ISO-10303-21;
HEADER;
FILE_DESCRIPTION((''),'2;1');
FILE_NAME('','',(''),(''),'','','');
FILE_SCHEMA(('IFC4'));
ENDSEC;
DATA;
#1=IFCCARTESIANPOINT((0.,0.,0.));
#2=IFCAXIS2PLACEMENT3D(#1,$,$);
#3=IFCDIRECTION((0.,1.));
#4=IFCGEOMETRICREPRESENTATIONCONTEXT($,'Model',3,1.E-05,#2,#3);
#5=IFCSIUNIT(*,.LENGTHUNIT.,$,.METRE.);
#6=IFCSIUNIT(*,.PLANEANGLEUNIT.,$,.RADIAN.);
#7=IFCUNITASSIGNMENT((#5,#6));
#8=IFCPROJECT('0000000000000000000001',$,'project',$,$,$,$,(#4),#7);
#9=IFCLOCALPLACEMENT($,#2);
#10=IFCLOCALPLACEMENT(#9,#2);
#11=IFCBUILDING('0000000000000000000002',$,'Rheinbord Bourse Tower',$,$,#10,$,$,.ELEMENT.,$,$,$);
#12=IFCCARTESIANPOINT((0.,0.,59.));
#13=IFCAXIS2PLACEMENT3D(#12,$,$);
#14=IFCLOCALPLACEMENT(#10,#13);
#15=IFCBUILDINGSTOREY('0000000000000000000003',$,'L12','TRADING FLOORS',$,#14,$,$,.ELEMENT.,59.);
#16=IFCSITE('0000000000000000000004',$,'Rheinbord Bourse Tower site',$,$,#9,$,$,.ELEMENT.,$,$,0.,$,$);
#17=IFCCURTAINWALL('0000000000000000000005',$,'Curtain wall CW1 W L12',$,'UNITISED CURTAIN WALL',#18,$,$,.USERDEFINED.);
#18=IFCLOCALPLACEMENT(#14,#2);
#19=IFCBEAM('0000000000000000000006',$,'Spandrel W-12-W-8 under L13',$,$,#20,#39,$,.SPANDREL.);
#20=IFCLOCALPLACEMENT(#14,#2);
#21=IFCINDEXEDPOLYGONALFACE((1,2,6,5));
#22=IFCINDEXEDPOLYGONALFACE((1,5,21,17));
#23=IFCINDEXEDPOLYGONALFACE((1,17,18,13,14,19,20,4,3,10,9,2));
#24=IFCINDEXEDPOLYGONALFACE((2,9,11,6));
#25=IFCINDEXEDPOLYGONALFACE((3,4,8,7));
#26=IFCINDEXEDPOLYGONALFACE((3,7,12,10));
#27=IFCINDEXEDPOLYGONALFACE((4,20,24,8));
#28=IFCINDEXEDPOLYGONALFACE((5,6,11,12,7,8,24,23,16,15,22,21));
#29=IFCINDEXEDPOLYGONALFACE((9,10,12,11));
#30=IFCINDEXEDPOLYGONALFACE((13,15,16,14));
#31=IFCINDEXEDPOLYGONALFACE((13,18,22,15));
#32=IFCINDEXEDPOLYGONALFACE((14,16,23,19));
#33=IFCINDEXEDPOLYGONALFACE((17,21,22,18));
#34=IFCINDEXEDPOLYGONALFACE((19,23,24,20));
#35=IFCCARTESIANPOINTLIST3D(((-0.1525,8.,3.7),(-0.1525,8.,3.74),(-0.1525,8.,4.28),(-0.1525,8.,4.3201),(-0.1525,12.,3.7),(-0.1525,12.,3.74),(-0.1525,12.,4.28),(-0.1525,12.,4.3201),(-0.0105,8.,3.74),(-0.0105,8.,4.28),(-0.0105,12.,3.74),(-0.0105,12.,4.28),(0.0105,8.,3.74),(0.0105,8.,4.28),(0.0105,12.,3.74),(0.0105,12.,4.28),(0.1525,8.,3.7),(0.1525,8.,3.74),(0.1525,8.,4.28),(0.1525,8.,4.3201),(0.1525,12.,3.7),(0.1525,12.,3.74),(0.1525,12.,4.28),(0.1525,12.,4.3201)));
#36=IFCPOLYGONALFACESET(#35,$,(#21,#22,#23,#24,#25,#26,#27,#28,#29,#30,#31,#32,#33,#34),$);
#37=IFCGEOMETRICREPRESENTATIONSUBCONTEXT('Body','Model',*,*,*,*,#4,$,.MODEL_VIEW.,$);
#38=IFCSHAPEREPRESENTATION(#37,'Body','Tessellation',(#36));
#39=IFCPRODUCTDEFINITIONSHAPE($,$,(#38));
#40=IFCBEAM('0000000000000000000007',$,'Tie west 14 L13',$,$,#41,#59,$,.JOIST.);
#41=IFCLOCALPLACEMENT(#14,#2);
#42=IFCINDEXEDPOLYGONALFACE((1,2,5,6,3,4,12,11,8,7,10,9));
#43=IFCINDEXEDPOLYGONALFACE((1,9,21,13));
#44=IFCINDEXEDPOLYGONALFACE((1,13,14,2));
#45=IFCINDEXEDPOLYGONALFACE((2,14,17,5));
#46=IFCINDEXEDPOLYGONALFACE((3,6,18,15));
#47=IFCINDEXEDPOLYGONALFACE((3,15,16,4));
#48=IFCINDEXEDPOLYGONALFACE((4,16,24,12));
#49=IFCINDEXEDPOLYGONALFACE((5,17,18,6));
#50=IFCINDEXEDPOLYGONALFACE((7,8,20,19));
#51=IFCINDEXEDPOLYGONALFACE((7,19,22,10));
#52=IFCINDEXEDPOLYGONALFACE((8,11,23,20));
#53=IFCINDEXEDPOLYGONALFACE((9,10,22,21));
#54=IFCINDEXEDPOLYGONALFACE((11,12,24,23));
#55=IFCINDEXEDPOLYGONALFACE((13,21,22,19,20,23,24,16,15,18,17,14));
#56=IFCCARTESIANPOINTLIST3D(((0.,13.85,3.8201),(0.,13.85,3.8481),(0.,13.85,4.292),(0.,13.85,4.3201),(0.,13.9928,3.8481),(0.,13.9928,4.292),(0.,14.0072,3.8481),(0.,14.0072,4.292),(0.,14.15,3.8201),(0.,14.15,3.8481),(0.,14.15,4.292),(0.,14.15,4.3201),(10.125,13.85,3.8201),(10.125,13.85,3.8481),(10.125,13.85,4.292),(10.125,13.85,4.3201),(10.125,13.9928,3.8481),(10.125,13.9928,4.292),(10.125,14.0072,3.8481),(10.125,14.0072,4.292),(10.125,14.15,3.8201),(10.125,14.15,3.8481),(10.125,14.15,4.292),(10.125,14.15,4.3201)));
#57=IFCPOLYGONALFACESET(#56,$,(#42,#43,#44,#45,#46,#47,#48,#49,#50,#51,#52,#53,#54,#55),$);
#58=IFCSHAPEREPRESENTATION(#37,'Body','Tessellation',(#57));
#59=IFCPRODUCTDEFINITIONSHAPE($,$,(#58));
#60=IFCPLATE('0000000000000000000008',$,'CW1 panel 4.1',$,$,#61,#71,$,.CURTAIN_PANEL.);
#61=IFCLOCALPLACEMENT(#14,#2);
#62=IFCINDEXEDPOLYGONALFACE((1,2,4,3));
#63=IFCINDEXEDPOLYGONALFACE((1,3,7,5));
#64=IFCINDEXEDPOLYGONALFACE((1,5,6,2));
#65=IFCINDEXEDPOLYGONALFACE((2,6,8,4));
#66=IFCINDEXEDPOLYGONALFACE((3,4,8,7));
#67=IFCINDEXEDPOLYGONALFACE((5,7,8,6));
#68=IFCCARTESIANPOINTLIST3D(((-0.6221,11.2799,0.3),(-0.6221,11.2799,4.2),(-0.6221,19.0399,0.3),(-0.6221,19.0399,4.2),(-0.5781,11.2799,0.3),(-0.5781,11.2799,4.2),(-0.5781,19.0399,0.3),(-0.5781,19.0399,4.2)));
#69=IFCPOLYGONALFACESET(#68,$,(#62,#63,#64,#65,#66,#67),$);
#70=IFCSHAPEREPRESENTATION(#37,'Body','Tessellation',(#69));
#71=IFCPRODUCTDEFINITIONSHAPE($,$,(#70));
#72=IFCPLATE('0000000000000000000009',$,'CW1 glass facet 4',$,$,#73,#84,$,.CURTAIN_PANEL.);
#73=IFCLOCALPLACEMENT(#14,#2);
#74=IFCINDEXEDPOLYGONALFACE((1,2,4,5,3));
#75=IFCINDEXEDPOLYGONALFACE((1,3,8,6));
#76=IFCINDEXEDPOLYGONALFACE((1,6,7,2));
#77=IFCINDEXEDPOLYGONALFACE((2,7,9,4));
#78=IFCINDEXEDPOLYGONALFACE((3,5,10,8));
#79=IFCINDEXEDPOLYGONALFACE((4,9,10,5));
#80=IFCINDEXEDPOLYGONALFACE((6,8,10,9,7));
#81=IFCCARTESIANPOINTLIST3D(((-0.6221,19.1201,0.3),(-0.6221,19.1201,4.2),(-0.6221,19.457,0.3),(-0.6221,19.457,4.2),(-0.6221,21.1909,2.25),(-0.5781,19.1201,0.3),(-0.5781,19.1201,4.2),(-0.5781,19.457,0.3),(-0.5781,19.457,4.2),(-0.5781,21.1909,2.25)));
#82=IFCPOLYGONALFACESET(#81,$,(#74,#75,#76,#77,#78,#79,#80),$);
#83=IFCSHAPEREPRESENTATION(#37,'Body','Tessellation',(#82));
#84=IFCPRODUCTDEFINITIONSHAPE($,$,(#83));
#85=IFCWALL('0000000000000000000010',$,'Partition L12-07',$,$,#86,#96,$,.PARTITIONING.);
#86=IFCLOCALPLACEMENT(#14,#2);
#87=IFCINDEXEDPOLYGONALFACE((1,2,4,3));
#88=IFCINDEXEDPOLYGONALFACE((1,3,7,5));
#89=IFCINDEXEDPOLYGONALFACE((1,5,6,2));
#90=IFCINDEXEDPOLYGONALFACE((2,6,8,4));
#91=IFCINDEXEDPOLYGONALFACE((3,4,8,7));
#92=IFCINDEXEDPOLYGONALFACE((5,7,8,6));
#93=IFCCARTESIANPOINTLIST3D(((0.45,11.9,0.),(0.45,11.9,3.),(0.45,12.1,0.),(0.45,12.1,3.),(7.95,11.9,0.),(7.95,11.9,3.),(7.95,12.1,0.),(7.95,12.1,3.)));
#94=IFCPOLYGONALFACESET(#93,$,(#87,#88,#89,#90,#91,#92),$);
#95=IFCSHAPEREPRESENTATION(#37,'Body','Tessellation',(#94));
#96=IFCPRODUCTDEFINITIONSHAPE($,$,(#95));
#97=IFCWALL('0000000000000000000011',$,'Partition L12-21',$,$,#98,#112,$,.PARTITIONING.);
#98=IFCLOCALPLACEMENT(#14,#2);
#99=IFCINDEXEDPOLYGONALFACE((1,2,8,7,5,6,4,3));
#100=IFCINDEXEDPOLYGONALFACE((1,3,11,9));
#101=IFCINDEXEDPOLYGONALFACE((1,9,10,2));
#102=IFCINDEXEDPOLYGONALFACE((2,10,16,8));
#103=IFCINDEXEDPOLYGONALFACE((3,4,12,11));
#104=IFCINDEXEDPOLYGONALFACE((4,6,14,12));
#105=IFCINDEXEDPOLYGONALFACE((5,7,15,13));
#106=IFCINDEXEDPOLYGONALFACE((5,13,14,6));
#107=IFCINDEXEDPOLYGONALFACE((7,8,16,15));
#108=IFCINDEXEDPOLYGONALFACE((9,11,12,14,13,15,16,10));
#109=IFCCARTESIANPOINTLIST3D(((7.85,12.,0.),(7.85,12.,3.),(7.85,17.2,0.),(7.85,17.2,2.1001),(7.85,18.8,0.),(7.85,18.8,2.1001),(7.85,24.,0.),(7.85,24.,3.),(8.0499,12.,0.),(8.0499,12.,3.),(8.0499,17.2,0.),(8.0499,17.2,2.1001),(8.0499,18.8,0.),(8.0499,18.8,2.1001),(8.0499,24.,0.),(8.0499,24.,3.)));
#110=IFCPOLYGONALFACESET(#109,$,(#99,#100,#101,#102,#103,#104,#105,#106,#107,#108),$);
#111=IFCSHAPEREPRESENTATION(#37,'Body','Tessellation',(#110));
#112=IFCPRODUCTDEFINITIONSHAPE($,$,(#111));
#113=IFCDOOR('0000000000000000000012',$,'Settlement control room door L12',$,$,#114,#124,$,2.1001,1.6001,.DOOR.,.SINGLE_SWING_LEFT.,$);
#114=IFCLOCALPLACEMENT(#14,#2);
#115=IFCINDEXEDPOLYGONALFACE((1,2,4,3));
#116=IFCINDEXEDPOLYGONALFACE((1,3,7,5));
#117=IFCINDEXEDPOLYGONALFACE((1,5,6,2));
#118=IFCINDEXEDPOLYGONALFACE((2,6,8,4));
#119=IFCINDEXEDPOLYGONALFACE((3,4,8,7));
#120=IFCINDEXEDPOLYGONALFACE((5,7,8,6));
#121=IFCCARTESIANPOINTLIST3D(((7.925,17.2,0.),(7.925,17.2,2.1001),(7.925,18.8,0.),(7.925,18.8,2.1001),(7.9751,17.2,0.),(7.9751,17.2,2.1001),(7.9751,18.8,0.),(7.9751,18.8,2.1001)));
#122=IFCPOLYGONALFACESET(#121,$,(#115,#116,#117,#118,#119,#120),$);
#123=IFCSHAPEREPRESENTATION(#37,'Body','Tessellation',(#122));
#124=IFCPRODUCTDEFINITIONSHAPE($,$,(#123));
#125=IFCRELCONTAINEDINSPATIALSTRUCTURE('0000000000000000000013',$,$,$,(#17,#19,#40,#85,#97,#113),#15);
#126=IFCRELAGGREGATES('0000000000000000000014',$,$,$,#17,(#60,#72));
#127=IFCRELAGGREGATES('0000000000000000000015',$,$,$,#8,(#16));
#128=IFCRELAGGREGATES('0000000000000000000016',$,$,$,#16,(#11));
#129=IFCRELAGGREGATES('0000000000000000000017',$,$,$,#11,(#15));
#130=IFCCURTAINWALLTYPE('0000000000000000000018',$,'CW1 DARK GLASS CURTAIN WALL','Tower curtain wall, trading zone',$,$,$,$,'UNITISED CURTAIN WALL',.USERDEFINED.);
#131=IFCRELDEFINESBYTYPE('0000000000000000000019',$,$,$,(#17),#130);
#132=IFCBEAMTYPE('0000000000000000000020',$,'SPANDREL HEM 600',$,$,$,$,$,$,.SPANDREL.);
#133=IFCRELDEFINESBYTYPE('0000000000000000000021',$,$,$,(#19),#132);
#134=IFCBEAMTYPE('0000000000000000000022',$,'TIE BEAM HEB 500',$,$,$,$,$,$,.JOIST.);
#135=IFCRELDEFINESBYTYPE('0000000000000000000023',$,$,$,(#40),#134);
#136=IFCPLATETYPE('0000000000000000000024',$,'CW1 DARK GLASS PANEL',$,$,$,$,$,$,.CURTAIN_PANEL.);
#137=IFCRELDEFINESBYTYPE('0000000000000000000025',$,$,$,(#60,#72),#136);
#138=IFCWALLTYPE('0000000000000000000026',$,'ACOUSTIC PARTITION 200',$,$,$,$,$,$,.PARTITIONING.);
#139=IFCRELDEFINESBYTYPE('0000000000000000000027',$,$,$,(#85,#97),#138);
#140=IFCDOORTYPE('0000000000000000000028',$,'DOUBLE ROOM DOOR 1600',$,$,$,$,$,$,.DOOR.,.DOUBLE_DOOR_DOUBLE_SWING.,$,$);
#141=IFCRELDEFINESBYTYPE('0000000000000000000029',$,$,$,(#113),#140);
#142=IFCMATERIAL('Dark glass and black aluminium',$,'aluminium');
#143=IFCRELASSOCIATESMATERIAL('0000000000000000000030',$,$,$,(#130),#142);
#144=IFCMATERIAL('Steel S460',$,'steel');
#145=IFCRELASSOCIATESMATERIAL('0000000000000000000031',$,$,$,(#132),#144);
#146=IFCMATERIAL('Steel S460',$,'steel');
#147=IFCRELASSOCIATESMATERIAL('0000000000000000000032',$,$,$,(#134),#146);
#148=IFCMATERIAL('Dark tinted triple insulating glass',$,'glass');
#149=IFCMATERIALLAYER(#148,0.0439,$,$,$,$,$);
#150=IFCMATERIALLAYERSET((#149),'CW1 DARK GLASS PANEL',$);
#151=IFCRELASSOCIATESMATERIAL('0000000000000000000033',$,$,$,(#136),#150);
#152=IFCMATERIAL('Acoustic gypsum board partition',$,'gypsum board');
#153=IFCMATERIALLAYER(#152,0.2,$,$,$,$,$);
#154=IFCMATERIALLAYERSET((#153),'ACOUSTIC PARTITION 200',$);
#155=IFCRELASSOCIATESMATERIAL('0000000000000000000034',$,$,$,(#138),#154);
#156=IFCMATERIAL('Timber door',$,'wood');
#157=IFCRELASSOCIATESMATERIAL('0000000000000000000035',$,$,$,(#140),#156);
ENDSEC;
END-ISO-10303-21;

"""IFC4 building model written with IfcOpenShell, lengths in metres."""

from ifc_helpers import new_model, si_unit, direction, frame, frame_2d, origin, origin_2d, place, context, subcontext, project, spatial, polyline, rectangle, i_section, outline, extrude, material, layer, layer_set, material_profile, profile_set, type_object, element, fill, aggregate, save


model = new_model("IFC4")

# Units and contexts
model_context = context("Model", 3, precision=1e-05, world=origin(), true_north=direction((0.0, 1.0)))
body_context = subcontext(model_context, "Body", "Model", "MODEL_VIEW")
ifc_project = project(units=[si_unit("LENGTHUNIT", "METRE"), si_unit("PLANEANGLEUNIT", "RADIAN")], contexts=[model_context])

# Site, building, storey
site_placement = place(None, origin())
site = spatial("IfcSite", under=ifc_project, at=site_placement, Name="Rheinbord Bourse Tower site", CompositionType="ELEMENT", RefElevation=0.0)
building_placement = place(site_placement, origin())
building = spatial("IfcBuilding", under=site, at=building_placement, Name="Rheinbord Bourse Tower", CompositionType="ELEMENT")
storey_placement = place(building_placement, frame((0.0, 0.0, 59.0)))
storey = spatial("IfcBuildingStorey", under=building, at=storey_placement, Name="L12", Description="TRADING FLOORS", CompositionType="ELEMENT", Elevation=59.0)

# Curtain wall
ifc_material_1 = material(Name="Dark glass and black aluminium", Category="aluminium")
curtain_wall_type = type_object("IfcCurtainWallType", Name="CW1 DARK GLASS CURTAIN WALL", Description="Tower curtain wall, trading zone", ElementType="UNITISED CURTAIN WALL", PredefinedType="USERDEFINED", material=ifc_material_1)
curtain_wall_placement = place(storey_placement, origin())
curtain_wall = element("IfcCurtainWall", 1, at=curtain_wall_placement, inside=storey, type_object=curtain_wall_type, Name="Curtain wall CW1 W L12", ObjectType="UNITISED CURTAIN WALL", PredefinedType="USERDEFINED")

# Beams
ifc_material_2 = material(Name="Steel S460", Category="steel")
ifc_material_profile_1 = material_profile(ifc_material_2, i_section(OverallWidth=0.3049, OverallDepth=0.6201, WebThickness=0.021, FlangeThickness=0.04, at=origin_2d()), Name="HEM 600")
ifc_profile_set_1 = profile_set([ifc_material_profile_1], Name="Steel S460")
beam_type_1 = type_object("IfcBeamType", Name="SPANDREL HEM 600", PredefinedType="SPANDREL", material=ifc_profile_set_1)
for number, where, z_axis, x_axis, name in (
    (2, (0.0, 12.0, 4.01), (0.0, -1.0, 0.0), (1.0, 0.0, 0.0), "Spandrel W-12-W-8 under L13"),
):
    element("IfcBeam", number, at=place(storey_placement, frame(where, z_axis=z_axis, x_axis=x_axis)), inside=storey, type_object=beam_type_1, Name=name, PredefinedType="SPANDREL", context=body_context, shape_type="SweptSolid", body=[
        extrude(i_section(OverallWidth=0.3049, OverallDepth=0.6201, WebThickness=0.021, FlangeThickness=0.04, at=origin_2d()), origin(), (0.0, 0.0, 1.0), 4.0),
    ])
ifc_material_3 = material(Name="Steel S460", Category="steel")
ifc_material_profile_2 = material_profile(ifc_material_3, i_section(OverallWidth=0.3, OverallDepth=0.5, WebThickness=0.0144, FlangeThickness=0.0281, at=origin_2d()), Name="HEB 500")
ifc_profile_set_2 = profile_set([ifc_material_profile_2], Name="Steel S460")
beam_type_2 = type_object("IfcBeamType", Name="TIE BEAM HEB 500", PredefinedType="JOIST", material=ifc_profile_set_2)
beam_1_placement = place(storey_placement, frame((0.0, 14.0, 4.0701), z_axis=(1.0, 0.0, 0.0), x_axis=(0.0, 1.0, 0.0)))
element("IfcBeam", 3, at=beam_1_placement, inside=storey, type_object=beam_type_2, Name="Tie west 14 L13", PredefinedType="JOIST", context=body_context, shape_type="SweptSolid", body=[
    extrude(i_section(OverallWidth=0.3, OverallDepth=0.5, WebThickness=0.0144, FlangeThickness=0.0281, at=origin_2d()), origin(), (0.0, 0.0, 1.0), 10.125),
])

# Plates
ifc_material_4 = material(Name="Dark tinted triple insulating glass", Category="glass")
ifc_layer_1 = layer(ifc_material_4, 0.0439)
ifc_layer_set_1 = layer_set([ifc_layer_1], Name="CW1 DARK GLASS PANEL")
plate_type = type_object("IfcPlateType", Name="CW1 DARK GLASS PANEL", PredefinedType="CURTAIN_PANEL", material=ifc_layer_set_1)
plate_1_placement = place(storey_placement, frame((-0.6001, 15.1599, 0.3), z_axis=(0.0, 0.0, 1.0), x_axis=(0.0, -1.0, 0.0)))
plate_1 = element("IfcPlate", 4, at=plate_1_placement, type_object=plate_type, Name="CW1 panel 4.1", PredefinedType="CURTAIN_PANEL", context=body_context, shape_type="SweptSolid", body=[
    extrude(rectangle(XDim=7.76, YDim=0.0439, at=origin_2d()), origin(), (0.0, 0.0, 1.0), 3.8999),
])
plate_2_placement = place(storey_placement, frame((-0.6221, 19.1201, 4.2), z_axis=(1.0, 0.0, 0.0), x_axis=(0.0, 0.0, -1.0)))
plate_2 = element("IfcPlate", 5, at=plate_2_placement, type_object=plate_type, Name="CW1 glass facet 4", PredefinedType="CURTAIN_PANEL", context=body_context, shape_type="SweptSolid", body=[
    extrude(outline(polyline([(0.0, 0.0), (3.8999, 0.0), (3.8999, 0.3369), (1.95, 2.0708), (0.0, 0.3369), (0.0, 0.0)])), origin(), (0.0, 0.0, 1.0), 0.0439),
])
aggregate(curtain_wall, [plate_1, plate_2])

# Wall
ifc_material_5 = material(Name="Acoustic gypsum board partition", Category="gypsum board")
ifc_layer_2 = layer(ifc_material_5, 0.2)
ifc_layer_set_2 = layer_set([ifc_layer_2], Name="ACOUSTIC PARTITION 200")
wall_type = type_object("IfcWallType", Name="ACOUSTIC PARTITION 200", PredefinedType="PARTITIONING", material=ifc_layer_set_2)
wall_1_placement = place(storey_placement, frame((0.45, 12.0, 0.0), z_axis=(0.0, 0.0, 1.0), x_axis=(1.0, 0.0, 0.0)))
element("IfcWall", 6, at=wall_1_placement, inside=storey, type_object=wall_type, Name="Partition L12-07", PredefinedType="PARTITIONING", context=body_context, shape_type="SweptSolid", body=[
    extrude(rectangle(XDim=7.5, YDim=0.2, at=frame_2d((3.75, 0.0))), origin(), (0.0, 0.0, 1.0), 3.0),
])

# Wall, opening, door
wall_2_placement = place(storey_placement, frame((7.95, 12.0, 0.0), z_axis=(0.0, 0.0, 1.0), x_axis=(0.0, 1.0, 0.0)))
wall_2 = element("IfcWall", 7, at=wall_2_placement, inside=storey, type_object=wall_type, Name="Partition L12-21", PredefinedType="PARTITIONING", context=body_context, shape_type="SweptSolid", body=[
    extrude(rectangle(XDim=12.0, YDim=0.2, at=frame_2d((6.0, 0.0))), origin(), (0.0, 0.0, 1.0), 3.0),
])
opening_placement = place(wall_2_placement, frame((5.2, 0.0, 0.0)))
opening = element("IfcOpeningElement", 8, at=opening_placement, cuts=wall_2, PredefinedType="OPENING", context=body_context, shape_type="SweptSolid", body=[
    extrude(rectangle(XDim=1.6001, YDim=2.1001, at=frame_2d((0.8, 1.05))), frame((0.0, 0.1099, 0.0), z_axis=(0.0, -1.0, 0.0), x_axis=(1.0, 0.0, 0.0)), (0.0, 0.0, 1.0), 0.22),
])
ifc_material_6 = material(Name="Timber door", Category="wood")
door_type = type_object("IfcDoorType", Name="DOUBLE ROOM DOOR 1600", OperationType="DOUBLE_DOOR_DOUBLE_SWING", PredefinedType="DOOR", material=ifc_material_6)
door_placement = place(opening_placement, origin())
door = element("IfcDoor", 9, at=door_placement, inside=storey, type_object=door_type, Name="Settlement control room door L12", OperationType="SINGLE_SWING_LEFT", OverallHeight=2.1001, OverallWidth=1.6001, PredefinedType="DOOR", context=body_context, shape_type="SweptSolid", body=[
    extrude(rectangle(XDim=1.6001, YDim=2.1001, at=frame_2d((0.8, 1.05))), frame((0.0, 0.0249, 0.0), z_axis=(0.0, -1.0, 0.0), x_axis=(1.0, 0.0, 0.0)), (0.0, 0.0, 1.0), 0.05),
])
fill(opening, door)

save(model, "model.ifc")
